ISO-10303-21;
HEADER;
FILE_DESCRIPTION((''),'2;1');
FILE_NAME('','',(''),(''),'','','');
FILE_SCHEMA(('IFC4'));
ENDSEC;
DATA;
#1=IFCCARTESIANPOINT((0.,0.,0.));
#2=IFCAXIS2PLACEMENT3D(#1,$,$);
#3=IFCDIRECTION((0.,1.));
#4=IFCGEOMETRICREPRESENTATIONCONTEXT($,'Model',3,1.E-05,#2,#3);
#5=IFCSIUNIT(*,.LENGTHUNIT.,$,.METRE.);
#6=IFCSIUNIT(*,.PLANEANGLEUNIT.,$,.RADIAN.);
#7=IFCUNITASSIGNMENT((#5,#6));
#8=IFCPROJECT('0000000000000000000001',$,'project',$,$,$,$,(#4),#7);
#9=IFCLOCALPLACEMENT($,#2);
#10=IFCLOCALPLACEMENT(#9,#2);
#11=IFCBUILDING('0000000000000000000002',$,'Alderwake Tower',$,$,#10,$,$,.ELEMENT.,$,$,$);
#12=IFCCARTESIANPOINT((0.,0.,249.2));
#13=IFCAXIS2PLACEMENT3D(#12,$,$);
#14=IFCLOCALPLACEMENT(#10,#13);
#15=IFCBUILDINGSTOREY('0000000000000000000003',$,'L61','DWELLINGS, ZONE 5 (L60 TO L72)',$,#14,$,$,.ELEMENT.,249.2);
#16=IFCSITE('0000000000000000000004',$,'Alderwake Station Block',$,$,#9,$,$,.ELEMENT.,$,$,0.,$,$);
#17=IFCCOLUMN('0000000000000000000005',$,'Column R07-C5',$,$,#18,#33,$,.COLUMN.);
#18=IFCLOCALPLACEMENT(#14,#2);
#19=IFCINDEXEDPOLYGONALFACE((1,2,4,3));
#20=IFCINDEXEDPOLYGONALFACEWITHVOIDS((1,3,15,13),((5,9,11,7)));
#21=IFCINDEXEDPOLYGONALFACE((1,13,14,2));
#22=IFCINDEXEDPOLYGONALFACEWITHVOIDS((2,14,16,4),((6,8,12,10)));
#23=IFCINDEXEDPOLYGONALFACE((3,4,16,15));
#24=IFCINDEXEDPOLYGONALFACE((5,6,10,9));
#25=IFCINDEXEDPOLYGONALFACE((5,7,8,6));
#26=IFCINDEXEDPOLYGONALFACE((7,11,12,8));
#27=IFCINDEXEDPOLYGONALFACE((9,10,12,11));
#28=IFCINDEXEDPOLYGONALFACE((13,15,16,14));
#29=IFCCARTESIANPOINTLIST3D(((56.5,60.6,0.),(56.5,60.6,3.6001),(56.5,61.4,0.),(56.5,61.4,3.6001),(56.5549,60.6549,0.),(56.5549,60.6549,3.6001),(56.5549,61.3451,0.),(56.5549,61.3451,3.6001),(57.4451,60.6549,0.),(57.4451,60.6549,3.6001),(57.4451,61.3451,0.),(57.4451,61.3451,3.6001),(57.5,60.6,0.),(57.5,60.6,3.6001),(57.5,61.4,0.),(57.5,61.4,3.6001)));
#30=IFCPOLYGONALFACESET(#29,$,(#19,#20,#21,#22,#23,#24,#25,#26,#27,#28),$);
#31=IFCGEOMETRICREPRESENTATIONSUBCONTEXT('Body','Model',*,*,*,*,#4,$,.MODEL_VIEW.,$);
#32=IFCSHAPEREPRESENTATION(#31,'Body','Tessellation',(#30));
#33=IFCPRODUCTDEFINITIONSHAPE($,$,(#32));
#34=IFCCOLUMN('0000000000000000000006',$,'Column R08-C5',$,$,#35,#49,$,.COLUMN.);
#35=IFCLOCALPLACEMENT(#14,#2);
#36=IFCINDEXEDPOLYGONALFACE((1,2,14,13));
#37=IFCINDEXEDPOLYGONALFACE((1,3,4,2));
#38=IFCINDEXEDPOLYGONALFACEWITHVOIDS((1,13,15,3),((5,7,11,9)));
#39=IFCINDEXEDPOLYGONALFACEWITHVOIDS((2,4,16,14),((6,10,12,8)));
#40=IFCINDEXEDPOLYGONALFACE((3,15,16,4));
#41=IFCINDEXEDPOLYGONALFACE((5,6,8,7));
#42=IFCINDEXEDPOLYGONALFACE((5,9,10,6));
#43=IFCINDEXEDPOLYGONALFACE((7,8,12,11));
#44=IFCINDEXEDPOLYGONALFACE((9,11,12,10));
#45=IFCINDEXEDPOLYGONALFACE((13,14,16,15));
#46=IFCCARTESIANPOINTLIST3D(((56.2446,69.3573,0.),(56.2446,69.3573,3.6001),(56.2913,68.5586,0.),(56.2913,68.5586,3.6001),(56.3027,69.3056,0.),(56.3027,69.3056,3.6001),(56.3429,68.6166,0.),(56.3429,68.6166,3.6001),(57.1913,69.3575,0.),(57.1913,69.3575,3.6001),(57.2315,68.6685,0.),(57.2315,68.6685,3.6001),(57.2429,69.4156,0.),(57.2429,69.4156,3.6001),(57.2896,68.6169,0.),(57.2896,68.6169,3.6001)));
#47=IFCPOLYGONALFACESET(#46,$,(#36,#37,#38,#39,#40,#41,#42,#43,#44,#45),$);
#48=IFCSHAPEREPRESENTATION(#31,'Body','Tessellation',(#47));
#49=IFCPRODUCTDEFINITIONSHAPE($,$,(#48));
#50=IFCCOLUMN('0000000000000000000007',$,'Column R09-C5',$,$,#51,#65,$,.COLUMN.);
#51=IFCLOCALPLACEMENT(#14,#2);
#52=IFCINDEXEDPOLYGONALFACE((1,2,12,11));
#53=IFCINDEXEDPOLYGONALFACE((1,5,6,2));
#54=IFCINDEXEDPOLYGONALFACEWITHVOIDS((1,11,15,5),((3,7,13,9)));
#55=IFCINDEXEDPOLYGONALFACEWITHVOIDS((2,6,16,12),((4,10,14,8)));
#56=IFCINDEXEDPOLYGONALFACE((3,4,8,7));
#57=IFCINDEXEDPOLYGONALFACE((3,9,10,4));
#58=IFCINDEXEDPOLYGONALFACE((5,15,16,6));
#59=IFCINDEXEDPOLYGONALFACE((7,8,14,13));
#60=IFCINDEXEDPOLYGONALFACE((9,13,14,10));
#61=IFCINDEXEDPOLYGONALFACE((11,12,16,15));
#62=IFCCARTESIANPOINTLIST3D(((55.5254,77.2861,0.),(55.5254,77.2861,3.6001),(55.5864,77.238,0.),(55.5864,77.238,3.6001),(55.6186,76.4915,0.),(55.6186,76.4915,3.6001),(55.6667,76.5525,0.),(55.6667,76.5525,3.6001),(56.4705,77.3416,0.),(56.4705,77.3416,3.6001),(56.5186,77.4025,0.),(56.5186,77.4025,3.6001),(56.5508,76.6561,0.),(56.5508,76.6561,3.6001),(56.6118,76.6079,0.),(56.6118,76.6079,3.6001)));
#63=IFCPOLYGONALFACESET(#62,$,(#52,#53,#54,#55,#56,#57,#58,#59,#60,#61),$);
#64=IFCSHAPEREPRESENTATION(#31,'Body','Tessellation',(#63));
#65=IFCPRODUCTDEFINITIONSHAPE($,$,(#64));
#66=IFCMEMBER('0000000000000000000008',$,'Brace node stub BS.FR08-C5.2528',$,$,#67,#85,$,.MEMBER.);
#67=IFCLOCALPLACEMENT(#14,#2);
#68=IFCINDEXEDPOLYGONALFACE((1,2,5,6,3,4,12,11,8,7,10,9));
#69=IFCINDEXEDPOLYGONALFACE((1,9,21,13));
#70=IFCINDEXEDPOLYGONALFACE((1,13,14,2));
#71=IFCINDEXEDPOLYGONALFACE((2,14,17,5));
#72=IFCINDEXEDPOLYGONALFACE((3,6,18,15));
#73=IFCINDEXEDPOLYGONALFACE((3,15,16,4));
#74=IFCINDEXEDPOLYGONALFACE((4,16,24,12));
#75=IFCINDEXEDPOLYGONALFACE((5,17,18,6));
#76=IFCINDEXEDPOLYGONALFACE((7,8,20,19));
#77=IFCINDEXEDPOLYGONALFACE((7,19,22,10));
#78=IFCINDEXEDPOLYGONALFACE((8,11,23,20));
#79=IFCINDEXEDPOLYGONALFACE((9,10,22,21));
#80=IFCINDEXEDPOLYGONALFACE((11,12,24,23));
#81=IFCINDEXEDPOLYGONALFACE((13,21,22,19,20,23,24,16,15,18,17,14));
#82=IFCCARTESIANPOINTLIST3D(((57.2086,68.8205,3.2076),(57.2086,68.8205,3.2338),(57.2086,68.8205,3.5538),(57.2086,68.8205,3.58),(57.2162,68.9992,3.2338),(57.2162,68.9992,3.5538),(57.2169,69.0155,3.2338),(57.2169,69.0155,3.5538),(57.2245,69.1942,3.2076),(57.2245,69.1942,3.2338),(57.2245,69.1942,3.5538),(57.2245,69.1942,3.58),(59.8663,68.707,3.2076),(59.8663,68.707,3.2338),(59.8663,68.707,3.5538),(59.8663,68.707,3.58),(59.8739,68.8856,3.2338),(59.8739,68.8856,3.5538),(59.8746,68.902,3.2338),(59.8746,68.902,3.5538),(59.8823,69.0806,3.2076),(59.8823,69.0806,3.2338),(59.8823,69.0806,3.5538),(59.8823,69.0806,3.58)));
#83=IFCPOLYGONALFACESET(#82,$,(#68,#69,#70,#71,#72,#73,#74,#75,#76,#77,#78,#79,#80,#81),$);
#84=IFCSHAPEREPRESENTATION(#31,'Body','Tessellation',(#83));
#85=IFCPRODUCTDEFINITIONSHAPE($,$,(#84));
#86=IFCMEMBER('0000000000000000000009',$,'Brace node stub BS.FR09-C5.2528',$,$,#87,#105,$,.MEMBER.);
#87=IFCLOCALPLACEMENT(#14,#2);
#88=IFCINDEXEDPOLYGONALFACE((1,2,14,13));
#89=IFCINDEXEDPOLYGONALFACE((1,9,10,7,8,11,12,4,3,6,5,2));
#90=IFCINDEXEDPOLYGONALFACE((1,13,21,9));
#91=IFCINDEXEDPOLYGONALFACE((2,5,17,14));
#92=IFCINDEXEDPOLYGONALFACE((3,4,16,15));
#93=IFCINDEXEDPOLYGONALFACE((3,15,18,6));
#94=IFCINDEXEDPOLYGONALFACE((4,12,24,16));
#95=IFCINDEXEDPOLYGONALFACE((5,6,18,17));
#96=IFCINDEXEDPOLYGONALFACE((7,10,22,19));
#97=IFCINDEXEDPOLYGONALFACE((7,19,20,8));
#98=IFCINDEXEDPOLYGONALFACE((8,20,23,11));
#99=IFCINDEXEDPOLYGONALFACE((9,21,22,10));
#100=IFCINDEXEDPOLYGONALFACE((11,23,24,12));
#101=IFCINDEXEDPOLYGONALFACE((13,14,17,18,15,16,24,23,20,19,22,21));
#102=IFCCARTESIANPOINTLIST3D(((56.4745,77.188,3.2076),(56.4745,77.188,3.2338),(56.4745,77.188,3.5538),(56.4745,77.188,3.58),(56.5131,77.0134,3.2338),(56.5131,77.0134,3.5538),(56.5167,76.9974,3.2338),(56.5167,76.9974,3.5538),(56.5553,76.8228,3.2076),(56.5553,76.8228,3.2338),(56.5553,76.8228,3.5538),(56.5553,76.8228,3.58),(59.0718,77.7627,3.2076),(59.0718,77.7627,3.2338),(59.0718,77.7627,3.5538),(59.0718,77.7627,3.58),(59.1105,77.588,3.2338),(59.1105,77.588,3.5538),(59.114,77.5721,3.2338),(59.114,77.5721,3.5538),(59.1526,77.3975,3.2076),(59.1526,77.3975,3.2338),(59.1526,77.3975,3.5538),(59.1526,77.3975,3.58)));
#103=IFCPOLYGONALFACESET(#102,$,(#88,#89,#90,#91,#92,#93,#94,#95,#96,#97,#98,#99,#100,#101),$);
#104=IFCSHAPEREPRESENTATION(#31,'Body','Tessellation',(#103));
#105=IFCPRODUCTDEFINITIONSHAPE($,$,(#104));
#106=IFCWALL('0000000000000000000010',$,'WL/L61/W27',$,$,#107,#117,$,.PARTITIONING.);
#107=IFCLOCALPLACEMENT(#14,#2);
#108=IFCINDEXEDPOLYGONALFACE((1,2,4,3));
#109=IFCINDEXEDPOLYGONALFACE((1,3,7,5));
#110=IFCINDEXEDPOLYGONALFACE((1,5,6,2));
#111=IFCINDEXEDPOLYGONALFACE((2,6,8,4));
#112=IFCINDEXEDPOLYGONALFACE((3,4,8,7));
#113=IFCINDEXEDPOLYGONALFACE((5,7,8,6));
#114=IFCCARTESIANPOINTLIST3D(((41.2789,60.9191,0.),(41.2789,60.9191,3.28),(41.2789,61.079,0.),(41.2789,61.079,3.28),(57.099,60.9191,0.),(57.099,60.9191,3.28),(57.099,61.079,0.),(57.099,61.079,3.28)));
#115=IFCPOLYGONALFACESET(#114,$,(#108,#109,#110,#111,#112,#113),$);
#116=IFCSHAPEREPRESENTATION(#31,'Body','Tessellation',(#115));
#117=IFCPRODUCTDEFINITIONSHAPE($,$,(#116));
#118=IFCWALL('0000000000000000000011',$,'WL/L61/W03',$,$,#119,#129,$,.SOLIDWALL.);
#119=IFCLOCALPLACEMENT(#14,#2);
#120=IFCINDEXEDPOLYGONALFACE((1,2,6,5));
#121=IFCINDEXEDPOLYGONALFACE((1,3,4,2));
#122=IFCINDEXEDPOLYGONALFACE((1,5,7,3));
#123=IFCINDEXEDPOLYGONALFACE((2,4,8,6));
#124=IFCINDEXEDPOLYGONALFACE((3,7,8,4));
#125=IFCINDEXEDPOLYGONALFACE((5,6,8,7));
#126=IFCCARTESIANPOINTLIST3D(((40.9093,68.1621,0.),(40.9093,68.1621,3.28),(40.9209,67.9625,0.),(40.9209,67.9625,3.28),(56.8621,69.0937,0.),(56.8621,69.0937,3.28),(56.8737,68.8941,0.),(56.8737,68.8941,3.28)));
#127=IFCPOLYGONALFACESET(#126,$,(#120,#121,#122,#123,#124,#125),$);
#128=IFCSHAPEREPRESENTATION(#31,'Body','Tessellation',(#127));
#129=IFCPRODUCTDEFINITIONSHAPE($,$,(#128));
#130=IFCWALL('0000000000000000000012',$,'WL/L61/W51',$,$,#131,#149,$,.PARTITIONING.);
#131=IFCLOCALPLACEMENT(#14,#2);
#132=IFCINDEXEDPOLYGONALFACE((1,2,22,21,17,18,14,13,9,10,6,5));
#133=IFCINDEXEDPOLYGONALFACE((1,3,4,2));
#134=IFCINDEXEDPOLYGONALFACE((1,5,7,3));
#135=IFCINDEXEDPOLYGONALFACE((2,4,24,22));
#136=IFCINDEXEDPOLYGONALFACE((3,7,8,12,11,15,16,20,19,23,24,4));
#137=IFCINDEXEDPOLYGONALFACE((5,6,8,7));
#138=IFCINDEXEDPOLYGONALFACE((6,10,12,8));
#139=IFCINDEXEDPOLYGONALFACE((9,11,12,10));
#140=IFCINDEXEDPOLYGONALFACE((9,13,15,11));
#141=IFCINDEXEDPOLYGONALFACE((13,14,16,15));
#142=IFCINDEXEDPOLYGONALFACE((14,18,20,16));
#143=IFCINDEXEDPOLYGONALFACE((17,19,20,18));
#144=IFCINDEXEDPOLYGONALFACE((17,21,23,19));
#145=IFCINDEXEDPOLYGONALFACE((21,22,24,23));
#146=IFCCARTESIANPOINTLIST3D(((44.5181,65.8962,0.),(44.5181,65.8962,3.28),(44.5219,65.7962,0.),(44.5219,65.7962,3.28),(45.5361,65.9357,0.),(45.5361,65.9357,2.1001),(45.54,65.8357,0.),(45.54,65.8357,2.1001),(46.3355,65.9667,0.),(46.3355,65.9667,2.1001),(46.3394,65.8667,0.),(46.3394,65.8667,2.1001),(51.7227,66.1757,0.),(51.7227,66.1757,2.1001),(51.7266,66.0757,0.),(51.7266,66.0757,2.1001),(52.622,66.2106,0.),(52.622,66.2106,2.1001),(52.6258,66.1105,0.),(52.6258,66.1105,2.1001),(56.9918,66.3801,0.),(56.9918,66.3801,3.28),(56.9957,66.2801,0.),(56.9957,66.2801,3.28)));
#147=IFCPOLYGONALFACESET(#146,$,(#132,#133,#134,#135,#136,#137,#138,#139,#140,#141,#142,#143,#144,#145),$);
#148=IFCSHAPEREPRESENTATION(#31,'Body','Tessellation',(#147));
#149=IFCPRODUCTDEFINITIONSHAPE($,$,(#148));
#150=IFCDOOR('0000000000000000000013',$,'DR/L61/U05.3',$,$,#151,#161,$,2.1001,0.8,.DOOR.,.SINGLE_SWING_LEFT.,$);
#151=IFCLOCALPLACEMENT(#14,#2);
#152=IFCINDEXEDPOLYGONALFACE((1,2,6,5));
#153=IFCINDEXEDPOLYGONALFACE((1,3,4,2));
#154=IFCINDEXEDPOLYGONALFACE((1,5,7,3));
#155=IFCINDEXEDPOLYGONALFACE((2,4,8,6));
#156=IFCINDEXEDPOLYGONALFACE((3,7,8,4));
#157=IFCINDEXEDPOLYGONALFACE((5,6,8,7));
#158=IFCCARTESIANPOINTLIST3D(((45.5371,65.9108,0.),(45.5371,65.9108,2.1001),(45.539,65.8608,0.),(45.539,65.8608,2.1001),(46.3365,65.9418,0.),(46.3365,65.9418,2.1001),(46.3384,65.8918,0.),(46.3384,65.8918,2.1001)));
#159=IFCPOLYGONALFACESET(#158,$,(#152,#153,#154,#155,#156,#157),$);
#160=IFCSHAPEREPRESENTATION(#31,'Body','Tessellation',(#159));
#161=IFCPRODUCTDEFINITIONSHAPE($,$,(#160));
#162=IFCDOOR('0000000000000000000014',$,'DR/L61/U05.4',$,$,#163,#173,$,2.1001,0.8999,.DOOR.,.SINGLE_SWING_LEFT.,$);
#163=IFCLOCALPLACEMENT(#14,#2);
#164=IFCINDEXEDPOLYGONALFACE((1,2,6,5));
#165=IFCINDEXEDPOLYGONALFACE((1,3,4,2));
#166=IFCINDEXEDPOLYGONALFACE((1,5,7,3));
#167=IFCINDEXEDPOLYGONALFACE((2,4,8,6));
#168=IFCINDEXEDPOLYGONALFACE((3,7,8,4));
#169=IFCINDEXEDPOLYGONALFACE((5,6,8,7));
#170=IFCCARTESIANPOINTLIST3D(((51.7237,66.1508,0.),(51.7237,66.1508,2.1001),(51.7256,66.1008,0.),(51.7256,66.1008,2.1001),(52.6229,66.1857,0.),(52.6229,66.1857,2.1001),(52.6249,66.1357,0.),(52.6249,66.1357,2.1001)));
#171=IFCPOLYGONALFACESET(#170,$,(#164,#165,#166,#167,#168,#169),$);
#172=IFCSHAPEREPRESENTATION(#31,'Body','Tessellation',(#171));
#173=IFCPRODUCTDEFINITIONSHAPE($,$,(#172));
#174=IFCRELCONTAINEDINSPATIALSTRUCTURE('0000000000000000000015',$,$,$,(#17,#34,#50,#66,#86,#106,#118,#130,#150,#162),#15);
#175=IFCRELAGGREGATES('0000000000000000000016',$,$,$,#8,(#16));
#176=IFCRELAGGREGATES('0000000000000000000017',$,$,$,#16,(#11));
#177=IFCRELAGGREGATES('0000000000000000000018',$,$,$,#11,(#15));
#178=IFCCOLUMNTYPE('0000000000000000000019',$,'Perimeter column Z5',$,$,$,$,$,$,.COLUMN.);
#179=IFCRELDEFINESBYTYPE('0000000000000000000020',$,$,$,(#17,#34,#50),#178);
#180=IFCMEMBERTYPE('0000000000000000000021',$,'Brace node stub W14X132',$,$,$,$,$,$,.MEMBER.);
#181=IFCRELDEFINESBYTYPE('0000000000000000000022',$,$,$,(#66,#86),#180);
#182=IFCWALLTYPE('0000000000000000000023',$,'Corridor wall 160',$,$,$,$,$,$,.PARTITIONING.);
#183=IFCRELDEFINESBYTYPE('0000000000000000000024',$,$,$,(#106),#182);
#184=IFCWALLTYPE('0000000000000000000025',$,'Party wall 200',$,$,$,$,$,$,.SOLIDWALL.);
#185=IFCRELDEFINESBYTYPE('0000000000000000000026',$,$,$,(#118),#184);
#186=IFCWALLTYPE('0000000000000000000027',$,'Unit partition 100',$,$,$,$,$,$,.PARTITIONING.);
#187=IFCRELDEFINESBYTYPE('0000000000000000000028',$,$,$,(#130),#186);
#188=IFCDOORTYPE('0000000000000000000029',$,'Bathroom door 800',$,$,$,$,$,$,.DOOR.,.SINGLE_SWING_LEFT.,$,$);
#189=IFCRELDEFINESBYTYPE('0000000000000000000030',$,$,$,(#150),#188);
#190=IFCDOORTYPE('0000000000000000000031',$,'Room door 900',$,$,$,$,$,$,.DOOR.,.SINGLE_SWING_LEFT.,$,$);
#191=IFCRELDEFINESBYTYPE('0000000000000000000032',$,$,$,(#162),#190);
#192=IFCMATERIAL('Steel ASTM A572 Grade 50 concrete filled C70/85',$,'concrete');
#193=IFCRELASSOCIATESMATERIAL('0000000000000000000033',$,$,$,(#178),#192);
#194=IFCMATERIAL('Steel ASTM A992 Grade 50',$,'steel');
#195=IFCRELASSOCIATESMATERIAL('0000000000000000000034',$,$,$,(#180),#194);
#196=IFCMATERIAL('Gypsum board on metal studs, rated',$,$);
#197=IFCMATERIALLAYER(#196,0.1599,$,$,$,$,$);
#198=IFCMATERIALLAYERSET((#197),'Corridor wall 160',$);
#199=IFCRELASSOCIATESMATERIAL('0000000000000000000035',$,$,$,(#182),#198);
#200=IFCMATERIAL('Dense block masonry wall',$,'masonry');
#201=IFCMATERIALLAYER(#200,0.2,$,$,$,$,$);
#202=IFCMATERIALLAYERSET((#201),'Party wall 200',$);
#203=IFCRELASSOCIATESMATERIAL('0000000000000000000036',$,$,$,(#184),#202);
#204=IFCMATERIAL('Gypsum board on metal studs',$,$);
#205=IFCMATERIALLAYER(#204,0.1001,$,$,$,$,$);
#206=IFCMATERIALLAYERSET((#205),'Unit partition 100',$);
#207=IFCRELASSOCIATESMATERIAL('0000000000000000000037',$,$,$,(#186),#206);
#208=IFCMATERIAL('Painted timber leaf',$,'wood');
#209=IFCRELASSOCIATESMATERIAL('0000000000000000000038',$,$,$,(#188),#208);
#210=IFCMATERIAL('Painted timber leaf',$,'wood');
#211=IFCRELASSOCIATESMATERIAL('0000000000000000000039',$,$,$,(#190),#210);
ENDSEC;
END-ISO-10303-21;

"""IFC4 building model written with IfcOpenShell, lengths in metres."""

from ifc_helpers import new_model, si_unit, direction, frame, frame_2d, origin, origin_2d, place, context, subcontext, project, spatial, rectangle, hollow_rectangle, i_section, extrude, material, layer, layer_set, material_profile, profile_set, type_object, element, fill, save


model = new_model("IFC4")

# Units and contexts
model_context = context("Model", 3, precision=1e-05, world=origin(), true_north=direction((0.0, 1.0)))
body_context = subcontext(model_context, "Body", "Model", "MODEL_VIEW")
ifc_project = project(units=[si_unit("LENGTHUNIT", "METRE"), si_unit("PLANEANGLEUNIT", "RADIAN")], contexts=[model_context])

# Site, building, storey
site_placement = place(None, origin())
site = spatial("IfcSite", under=ifc_project, at=site_placement, Name="Alderwake Station Block", CompositionType="ELEMENT", RefElevation=0.0)
building_placement = place(site_placement, origin())
building = spatial("IfcBuilding", under=site, at=building_placement, Name="Alderwake Tower", CompositionType="ELEMENT")
storey_placement = place(building_placement, frame((0.0, 0.0, 249.2)))
storey = spatial("IfcBuildingStorey", under=building, at=storey_placement, Name="L61", Description="DWELLINGS, ZONE 5 (L60 TO L72)", CompositionType="ELEMENT", Elevation=249.2)

# Columns
ifc_material_1 = material(Name="Steel ASTM A572 Grade 50 concrete filled C70/85", Category="concrete")
ifc_material_profile_1 = material_profile(ifc_material_1, hollow_rectangle(XDim=0.8, YDim=1.0, WallThickness=0.0549, at=origin_2d()), Name="BOX 1000X800X55")
ifc_profile_set_1 = profile_set([ifc_material_profile_1], Name="Steel ASTM A572 Grade 50 concrete filled C70/85")
column_type = type_object("IfcColumnType", Name="Perimeter column Z5", PredefinedType="COLUMN", material=ifc_profile_set_1)
for number, where, z_axis, x_axis, name in (
    (1, (57.0, 61.0, 0.0), (0.0, 0.0, 1.0), (0.0, 1.0, 0.0), "Column R07-C5"),
    (2, (56.7671, 68.9871, 0.0), (0.0, 0.0, 1.0), (-0.058299, 0.998299, 0.0), "Column R08-C5"),
    (3, (56.0686, 76.947, 0.0), (0.0, 0.0, 1.0), (-0.116402, 0.993202, 0.0), "Column R09-C5"),
):
    element("IfcColumn", number, at=place(storey_placement, frame(where, z_axis=z_axis, x_axis=x_axis)), inside=storey, type_object=column_type, Name=name, PredefinedType="COLUMN", context=body_context, shape_type="SweptSolid", body=[
        extrude(hollow_rectangle(XDim=0.8, YDim=1.0, WallThickness=0.0549, at=origin_2d()), origin(), (0.0, 0.0, 1.0), 3.6001),
    ])

# Members
ifc_material_2 = material(Name="Steel ASTM A992 Grade 50", Category="steel")
ifc_material_profile_2 = material_profile(ifc_material_2, i_section(OverallWidth=0.374, OverallDepth=0.3723, WebThickness=0.0164, FlangeThickness=0.0261, at=origin_2d()), Name="W14X132")
ifc_profile_set_2 = profile_set([ifc_material_profile_2], Name="Steel ASTM A992 Grade 50")
member_type = type_object("IfcMemberType", Name="Brace node stub W14X132", PredefinedType="MEMBER", material=ifc_profile_set_2)
for number, where, z_axis, x_axis, name in (
    (4, (57.2166, 69.0073, 3.3938), (0.999089, -0.042676, 0.0), (0.042676, 0.999089, 0.0), "Brace node stub BS.FR08-C5.2528"),
    (5, (56.5149, 77.0054, 3.3938), (0.976385, 0.216036, 0.0), (-0.216036, 0.976385, 0.0), "Brace node stub BS.FR09-C5.2528"),
):
    element("IfcMember", number, at=place(storey_placement, frame(where, z_axis=z_axis, x_axis=x_axis)), inside=storey, type_object=member_type, Name=name, PredefinedType="MEMBER", context=body_context, shape_type="SweptSolid", body=[
        extrude(i_section(OverallWidth=0.374, OverallDepth=0.3723, WebThickness=0.0164, FlangeThickness=0.0261, at=origin_2d()), origin(), (0.0, 0.0, 1.0), 2.6602),
    ])

# Wall
ifc_material_3 = material(Name="Gypsum board on metal studs, rated")
ifc_layer_1 = layer(ifc_material_3, 0.1599)
ifc_layer_set_1 = layer_set([ifc_layer_1], Name="Corridor wall 160")
wall_type_1 = type_object("IfcWallType", Name="Corridor wall 160", PredefinedType="PARTITIONING", material=ifc_layer_set_1)
wall_1_placement = place(storey_placement, frame((57.0991, 60.999, 0.0), z_axis=(0.0, 0.0, 1.0), x_axis=(-1.0, 0.0, 0.0)))
element("IfcWall", 6, at=wall_1_placement, inside=storey, type_object=wall_type_1, Name="WL/L61/W27", PredefinedType="PARTITIONING", context=body_context, shape_type="SweptSolid", body=[
    extrude(rectangle(XDim=15.8201, YDim=0.1599, at=frame_2d((7.9102, 0.0))), origin(), (0.0, 0.0, 1.0), 3.28),
])

# Wall
ifc_material_4 = material(Name="Dense block masonry wall", Category="masonry")
ifc_layer_2 = layer(ifc_material_4, 0.2)
ifc_layer_set_2 = layer_set([ifc_layer_2], Name="Party wall 200")
wall_type_2 = type_object("IfcWallType", Name="Party wall 200", PredefinedType="SOLIDWALL", material=ifc_layer_set_2)
wall_2_placement = place(storey_placement, frame((56.8679, 68.9939, 0.0), z_axis=(0.0, 0.0, 1.0), x_axis=(-0.998299, -0.0583, 0.0)))
element("IfcWall", 7, at=wall_2_placement, inside=storey, type_object=wall_type_2, Name="WL/L61/W03", PredefinedType="SOLIDWALL", context=body_context, shape_type="SweptSolid", body=[
    extrude(rectangle(XDim=15.98, YDim=0.2, at=frame_2d((7.99, 0.0))), origin(), (0.0, 0.0, 1.0), 3.28),
])

# Wall, openings, doors
ifc_material_5 = material(Name="Gypsum board on metal studs")
ifc_layer_3 = layer(ifc_material_5, 0.1001)
ifc_layer_set_3 = layer_set([ifc_layer_3], Name="Unit partition 100")
wall_type_3 = type_object("IfcWallType", Name="Unit partition 100", PredefinedType="PARTITIONING", material=ifc_layer_set_3)
wall_3_placement = place(storey_placement, frame((56.9939, 66.3301, 0.0), z_axis=(0.0, 0.0, 1.0), x_axis=(-0.999248, -0.038763, 0.0)))
wall_3 = element("IfcWall", 8, at=wall_3_placement, inside=storey, type_object=wall_type_3, Name="WL/L61/W51", PredefinedType="PARTITIONING", context=body_context, shape_type="SweptSolid", body=[
    extrude(rectangle(XDim=12.4832, YDim=0.1001, at=frame_2d((6.2417, 0.0))), origin(), (0.0, 0.0, 1.0), 3.28),
])
opening_1_placement = place(wall_3_placement, frame((10.6646, 0.0, 0.0)))
opening_1 = element("IfcOpeningElement", 9, at=opening_1_placement, cuts=wall_3, PredefinedType="OPENING", context=body_context, shape_type="SweptSolid", body=[
    extrude(rectangle(XDim=0.8, YDim=2.1001, at=frame_2d((0.3999, 1.05))), frame((0.0, 0.0601, 0.0), z_axis=(0.0, -1.0, 0.0), x_axis=(1.0, 0.0, 0.0)), (0.0, 0.0, 1.0), 0.1201),
])
opening_2_placement = place(wall_3_placement, frame((4.3733, 0.0, 0.0)))
opening_2 = element("IfcOpeningElement", 10, at=opening_2_placement, cuts=wall_3, PredefinedType="OPENING", context=body_context, shape_type="SweptSolid", body=[
    extrude(rectangle(XDim=0.8999, YDim=2.1001, at=frame_2d((0.45, 1.05))), frame((0.0, 0.0601, 0.0), z_axis=(0.0, -1.0, 0.0), x_axis=(1.0, 0.0, 0.0)), (0.0, 0.0, 1.0), 0.1201),
])
ifc_material_6 = material(Name="Painted timber leaf", Category="wood")
door_type_1 = type_object("IfcDoorType", Name="Bathroom door 800", OperationType="SINGLE_SWING_LEFT", PredefinedType="DOOR", material=ifc_material_6)
door_1_placement = place(opening_1_placement, origin())
door_1 = element("IfcDoor", 11, at=door_1_placement, inside=storey, type_object=door_type_1, Name="DR/L61/U05.3", OperationType="SINGLE_SWING_LEFT", OverallHeight=2.1001, OverallWidth=0.8, PredefinedType="DOOR", context=body_context, shape_type="SweptSolid", body=[
    extrude(rectangle(XDim=0.8, YDim=2.1001, at=frame_2d((0.3999, 1.05))), frame((0.0, 0.0249, 0.0), z_axis=(0.0, -1.0, 0.0), x_axis=(1.0, 0.0, 0.0)), (0.0, 0.0, 1.0), 0.05),
])
fill(opening_1, door_1)
ifc_material_7 = material(Name="Painted timber leaf", Category="wood")
door_type_2 = type_object("IfcDoorType", Name="Room door 900", OperationType="SINGLE_SWING_LEFT", PredefinedType="DOOR", material=ifc_material_7)
door_2_placement = place(opening_2_placement, origin())
door_2 = element("IfcDoor", 12, at=door_2_placement, inside=storey, type_object=door_type_2, Name="DR/L61/U05.4", OperationType="SINGLE_SWING_LEFT", OverallHeight=2.1001, OverallWidth=0.8999, PredefinedType="DOOR", context=body_context, shape_type="SweptSolid", body=[
    extrude(rectangle(XDim=0.8999, YDim=2.1001, at=frame_2d((0.45, 1.05))), frame((0.0, 0.0249, 0.0), z_axis=(0.0, -1.0, 0.0), x_axis=(1.0, 0.0, 0.0)), (0.0, 0.0, 1.0), 0.05),
])
fill(opening_2, door_2)

save(model, "model.ifc")
